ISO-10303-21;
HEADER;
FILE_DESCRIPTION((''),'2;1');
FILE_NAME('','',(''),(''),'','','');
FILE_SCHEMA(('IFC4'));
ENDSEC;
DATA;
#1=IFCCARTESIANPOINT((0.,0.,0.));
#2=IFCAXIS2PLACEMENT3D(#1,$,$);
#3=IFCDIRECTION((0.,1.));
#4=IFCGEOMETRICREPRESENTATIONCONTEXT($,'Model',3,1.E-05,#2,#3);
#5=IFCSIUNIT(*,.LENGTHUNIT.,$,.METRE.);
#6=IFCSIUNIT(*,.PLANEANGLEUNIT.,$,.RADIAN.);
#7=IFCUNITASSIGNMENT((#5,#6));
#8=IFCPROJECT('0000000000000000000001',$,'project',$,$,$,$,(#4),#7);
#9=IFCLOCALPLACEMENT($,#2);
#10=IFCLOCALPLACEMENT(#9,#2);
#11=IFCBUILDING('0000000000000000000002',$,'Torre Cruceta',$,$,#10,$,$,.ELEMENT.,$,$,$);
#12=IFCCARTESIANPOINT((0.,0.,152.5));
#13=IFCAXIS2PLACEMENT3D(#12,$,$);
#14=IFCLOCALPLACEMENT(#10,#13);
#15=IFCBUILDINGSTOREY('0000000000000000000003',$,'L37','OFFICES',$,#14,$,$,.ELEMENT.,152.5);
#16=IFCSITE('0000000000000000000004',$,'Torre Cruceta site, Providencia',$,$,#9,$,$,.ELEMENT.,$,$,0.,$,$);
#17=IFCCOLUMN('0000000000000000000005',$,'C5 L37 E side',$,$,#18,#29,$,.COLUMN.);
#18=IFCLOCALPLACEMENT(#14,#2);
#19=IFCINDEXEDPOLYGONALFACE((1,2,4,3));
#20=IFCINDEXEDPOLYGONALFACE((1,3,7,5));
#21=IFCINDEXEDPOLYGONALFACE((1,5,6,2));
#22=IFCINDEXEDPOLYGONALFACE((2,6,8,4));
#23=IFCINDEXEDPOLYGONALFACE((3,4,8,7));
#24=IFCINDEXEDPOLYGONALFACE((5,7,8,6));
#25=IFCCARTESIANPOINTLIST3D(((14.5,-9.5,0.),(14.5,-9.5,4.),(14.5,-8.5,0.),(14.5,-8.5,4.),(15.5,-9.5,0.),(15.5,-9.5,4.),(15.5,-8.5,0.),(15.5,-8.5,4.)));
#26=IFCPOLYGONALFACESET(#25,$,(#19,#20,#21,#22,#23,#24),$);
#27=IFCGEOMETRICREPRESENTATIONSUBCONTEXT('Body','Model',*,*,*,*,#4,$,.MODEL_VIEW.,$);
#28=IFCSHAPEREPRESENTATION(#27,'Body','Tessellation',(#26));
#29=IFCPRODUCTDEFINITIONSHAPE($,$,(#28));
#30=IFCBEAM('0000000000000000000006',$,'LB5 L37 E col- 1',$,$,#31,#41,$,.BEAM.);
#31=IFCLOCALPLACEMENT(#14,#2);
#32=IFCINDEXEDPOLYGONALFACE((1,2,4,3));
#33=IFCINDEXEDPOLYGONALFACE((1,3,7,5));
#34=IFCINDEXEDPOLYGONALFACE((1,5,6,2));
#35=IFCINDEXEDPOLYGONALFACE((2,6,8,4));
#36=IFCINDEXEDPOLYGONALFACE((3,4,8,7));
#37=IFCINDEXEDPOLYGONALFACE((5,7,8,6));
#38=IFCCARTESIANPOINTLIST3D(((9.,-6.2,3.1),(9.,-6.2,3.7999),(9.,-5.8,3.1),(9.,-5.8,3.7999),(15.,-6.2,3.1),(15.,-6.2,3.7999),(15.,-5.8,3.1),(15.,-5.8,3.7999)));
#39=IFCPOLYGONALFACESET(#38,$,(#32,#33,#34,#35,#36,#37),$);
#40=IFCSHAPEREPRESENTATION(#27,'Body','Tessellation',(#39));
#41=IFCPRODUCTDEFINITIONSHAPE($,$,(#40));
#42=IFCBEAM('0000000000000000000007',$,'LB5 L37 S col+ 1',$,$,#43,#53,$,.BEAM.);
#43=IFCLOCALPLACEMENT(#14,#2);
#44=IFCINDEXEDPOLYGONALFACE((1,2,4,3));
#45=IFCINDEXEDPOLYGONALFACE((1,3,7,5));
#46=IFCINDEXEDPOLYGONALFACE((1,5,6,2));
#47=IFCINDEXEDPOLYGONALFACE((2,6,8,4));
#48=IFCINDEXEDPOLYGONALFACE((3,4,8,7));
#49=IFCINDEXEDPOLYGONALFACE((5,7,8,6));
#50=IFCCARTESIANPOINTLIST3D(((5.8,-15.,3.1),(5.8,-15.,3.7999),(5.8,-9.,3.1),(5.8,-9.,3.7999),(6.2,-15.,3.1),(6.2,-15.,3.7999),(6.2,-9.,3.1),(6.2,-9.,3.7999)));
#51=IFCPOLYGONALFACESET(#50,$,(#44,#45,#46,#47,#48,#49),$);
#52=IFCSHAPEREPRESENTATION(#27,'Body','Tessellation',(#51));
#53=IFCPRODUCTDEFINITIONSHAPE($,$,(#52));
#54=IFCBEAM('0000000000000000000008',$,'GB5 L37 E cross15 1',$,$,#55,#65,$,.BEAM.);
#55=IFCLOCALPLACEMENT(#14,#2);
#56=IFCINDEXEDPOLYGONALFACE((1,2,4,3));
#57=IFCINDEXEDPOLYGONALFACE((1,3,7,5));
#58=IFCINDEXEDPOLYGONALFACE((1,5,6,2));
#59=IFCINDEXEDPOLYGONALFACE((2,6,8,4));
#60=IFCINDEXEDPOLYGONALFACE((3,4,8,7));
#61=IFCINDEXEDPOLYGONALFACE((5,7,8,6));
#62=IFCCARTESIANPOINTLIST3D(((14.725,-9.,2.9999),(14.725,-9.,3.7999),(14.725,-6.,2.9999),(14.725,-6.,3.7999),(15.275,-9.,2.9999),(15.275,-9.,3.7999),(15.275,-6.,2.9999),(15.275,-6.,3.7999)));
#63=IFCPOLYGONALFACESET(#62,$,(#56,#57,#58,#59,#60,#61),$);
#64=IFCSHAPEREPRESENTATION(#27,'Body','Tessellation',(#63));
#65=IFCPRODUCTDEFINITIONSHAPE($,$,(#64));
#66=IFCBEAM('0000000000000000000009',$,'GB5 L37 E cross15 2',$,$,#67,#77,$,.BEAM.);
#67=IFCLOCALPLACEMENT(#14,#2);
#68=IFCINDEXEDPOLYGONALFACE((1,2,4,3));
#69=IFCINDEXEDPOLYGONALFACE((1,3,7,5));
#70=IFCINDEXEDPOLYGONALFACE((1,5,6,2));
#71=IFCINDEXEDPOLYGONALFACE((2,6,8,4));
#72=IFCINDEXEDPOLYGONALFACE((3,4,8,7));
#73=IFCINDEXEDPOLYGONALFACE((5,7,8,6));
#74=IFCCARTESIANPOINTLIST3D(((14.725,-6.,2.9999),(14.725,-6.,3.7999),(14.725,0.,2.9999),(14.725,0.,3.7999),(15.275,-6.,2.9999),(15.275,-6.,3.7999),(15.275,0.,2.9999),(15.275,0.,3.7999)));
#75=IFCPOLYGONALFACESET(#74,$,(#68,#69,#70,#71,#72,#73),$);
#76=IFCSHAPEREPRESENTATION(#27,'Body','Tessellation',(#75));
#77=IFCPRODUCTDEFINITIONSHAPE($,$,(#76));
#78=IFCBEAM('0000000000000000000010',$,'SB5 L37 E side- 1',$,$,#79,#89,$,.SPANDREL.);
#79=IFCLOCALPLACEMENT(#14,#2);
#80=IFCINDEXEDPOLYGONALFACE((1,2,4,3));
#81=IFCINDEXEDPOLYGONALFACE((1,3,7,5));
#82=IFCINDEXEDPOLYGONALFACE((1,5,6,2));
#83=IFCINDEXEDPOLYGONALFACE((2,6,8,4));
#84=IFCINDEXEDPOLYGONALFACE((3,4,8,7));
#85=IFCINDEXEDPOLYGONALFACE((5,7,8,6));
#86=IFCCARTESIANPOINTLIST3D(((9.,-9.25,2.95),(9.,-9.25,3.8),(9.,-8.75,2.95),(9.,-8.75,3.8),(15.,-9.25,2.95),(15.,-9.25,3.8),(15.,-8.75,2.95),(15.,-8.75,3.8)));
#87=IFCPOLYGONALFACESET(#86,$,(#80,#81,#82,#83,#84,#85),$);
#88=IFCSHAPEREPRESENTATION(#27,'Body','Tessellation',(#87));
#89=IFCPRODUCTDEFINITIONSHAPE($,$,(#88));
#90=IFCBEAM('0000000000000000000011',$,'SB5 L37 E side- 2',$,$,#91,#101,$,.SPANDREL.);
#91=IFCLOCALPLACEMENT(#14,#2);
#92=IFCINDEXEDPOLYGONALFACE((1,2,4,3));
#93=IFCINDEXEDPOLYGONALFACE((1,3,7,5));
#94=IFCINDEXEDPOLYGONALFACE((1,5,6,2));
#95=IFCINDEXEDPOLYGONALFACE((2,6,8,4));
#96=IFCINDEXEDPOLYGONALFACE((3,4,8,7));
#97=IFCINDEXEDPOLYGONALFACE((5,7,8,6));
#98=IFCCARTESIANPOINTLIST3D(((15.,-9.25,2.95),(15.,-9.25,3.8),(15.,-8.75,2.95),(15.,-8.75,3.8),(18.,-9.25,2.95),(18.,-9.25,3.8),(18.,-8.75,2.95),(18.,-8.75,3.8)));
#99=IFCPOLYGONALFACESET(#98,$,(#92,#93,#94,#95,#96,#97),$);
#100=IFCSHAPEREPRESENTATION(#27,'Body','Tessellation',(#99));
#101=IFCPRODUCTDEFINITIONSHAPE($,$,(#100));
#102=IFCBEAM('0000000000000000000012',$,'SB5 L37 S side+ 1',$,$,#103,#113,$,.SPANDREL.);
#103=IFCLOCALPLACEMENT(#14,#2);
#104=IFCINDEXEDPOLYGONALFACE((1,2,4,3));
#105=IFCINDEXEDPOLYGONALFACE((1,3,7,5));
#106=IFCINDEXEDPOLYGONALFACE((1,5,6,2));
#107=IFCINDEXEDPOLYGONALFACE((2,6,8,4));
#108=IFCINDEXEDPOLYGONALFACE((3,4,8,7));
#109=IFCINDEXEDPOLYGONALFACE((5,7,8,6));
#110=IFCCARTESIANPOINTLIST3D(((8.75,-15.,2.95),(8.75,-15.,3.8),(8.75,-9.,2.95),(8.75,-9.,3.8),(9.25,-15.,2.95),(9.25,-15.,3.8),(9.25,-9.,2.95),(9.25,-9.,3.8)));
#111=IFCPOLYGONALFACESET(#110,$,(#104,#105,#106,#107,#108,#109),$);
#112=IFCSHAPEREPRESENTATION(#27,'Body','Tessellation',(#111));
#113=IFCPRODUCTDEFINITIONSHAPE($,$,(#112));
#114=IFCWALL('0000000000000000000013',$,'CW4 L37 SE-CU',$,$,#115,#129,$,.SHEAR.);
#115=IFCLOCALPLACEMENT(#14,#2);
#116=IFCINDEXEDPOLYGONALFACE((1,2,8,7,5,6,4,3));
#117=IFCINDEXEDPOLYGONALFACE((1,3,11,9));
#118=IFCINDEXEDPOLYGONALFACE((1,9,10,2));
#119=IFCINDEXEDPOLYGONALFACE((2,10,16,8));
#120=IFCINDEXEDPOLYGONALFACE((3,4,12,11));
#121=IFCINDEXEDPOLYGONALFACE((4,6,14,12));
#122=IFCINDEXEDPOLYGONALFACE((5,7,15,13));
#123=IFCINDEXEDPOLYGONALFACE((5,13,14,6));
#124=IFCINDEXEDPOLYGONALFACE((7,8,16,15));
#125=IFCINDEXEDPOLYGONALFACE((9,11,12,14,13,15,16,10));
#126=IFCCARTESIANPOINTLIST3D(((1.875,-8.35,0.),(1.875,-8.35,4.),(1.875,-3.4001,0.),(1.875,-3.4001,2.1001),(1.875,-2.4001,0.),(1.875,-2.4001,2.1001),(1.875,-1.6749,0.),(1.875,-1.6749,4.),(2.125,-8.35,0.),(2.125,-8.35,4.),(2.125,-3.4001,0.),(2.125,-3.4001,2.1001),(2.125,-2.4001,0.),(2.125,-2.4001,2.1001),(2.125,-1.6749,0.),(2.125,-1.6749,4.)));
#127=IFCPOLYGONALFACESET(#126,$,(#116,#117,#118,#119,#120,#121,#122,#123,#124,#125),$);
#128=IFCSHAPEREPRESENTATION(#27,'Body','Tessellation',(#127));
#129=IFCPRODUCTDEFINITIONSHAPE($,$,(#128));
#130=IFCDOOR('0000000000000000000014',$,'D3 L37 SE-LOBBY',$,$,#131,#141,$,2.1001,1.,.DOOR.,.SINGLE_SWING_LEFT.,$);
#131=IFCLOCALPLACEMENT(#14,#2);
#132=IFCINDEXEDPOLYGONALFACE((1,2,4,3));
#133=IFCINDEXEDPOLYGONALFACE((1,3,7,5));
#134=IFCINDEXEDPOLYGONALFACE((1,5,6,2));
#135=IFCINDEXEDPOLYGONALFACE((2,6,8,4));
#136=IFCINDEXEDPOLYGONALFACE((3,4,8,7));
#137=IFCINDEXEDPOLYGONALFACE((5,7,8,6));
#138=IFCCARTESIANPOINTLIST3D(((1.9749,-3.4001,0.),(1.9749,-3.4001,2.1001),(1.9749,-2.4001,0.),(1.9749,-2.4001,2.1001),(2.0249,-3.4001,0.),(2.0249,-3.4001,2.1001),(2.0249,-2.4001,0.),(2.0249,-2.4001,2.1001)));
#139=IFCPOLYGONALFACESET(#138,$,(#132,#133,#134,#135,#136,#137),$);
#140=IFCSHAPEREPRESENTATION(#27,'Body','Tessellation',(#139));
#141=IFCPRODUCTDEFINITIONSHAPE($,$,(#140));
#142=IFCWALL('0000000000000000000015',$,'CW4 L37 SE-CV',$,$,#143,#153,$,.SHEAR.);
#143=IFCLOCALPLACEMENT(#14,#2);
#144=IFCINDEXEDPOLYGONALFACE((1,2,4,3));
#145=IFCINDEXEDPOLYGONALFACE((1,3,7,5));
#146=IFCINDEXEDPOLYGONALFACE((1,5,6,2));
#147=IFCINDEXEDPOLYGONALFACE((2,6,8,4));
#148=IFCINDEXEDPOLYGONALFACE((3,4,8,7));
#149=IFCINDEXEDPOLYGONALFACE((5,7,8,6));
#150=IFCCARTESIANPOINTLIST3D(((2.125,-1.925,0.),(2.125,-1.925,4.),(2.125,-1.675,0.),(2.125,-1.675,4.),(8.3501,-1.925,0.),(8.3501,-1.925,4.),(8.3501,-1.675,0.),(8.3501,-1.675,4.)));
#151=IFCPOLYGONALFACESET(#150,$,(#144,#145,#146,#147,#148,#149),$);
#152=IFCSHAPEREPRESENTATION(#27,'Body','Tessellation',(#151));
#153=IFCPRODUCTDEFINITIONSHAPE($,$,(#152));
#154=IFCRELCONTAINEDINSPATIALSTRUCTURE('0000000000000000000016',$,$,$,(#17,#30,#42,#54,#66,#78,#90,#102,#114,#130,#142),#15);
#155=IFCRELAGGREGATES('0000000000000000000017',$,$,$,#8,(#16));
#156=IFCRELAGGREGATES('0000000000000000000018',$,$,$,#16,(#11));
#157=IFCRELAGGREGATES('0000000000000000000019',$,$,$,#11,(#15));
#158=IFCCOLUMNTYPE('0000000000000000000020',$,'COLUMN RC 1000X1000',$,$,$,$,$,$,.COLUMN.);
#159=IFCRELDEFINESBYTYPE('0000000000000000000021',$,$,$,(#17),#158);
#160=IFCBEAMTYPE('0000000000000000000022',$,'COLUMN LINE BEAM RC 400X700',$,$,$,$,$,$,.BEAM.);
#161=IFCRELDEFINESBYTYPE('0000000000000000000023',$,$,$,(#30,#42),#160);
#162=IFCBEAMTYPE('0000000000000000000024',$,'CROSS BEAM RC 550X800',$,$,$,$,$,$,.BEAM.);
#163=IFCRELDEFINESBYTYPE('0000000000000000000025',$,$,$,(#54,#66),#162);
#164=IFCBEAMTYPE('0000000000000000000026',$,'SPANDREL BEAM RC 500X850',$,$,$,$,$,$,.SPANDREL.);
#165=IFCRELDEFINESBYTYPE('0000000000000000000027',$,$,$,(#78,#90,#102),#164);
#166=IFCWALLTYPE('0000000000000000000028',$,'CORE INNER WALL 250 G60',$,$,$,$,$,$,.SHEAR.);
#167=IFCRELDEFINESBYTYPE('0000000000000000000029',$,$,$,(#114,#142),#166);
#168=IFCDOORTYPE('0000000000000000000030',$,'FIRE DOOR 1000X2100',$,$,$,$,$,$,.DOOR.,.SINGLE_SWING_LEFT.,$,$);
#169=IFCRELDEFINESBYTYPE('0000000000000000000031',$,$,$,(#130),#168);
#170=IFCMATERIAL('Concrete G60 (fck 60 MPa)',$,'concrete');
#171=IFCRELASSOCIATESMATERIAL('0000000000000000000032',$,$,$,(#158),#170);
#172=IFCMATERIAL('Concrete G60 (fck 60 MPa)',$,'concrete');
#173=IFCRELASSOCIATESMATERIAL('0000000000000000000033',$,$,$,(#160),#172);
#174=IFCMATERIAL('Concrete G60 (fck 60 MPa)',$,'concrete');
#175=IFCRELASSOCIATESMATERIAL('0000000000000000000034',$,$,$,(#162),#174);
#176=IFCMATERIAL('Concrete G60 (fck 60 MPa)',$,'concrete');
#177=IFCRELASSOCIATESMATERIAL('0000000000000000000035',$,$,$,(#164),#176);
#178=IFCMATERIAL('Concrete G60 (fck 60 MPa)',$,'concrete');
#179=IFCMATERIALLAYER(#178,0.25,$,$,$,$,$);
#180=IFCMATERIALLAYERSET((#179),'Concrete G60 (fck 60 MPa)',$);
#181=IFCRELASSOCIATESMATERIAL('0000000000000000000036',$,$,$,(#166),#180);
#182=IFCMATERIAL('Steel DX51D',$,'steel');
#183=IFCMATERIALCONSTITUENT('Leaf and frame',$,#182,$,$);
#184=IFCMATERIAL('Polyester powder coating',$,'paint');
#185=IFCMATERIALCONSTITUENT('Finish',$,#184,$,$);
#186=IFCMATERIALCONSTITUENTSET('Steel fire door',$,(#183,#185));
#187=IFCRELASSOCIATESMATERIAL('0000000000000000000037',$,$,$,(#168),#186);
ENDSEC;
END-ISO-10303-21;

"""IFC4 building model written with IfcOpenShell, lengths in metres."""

from ifc_helpers import new_model, si_unit, direction, frame, frame_2d, origin, origin_2d, place, context, subcontext, project, spatial, rectangle, extrude, material, layer, layer_set, constituent, constituent_set, material_profile, profile_set, type_object, element, fill, save


model = new_model("IFC4")

# Units and contexts
model_context = context("Model", 3, precision=1e-05, world=origin(), true_north=direction((0.0, 1.0)))
body_context = subcontext(model_context, "Body", "Model", "MODEL_VIEW")
ifc_project = project(units=[si_unit("LENGTHUNIT", "METRE"), si_unit("PLANEANGLEUNIT", "RADIAN")], contexts=[model_context])

# Site, building, storey
site_placement = place(None, origin())
site = spatial("IfcSite", under=ifc_project, at=site_placement, Name="Torre Cruceta site, Providencia", CompositionType="ELEMENT", RefElevation=0.0)
building_placement = place(site_placement, origin())
building = spatial("IfcBuilding", under=site, at=building_placement, Name="Torre Cruceta", CompositionType="ELEMENT")
storey_placement = place(building_placement, frame((0.0, 0.0, 152.5)))
storey = spatial("IfcBuildingStorey", under=building, at=storey_placement, Name="L37", Description="OFFICES", CompositionType="ELEMENT", Elevation=152.5)

# Column
ifc_material_1 = material(Name="Concrete G60 (fck 60 MPa)", Category="concrete")
ifc_material_profile_1 = material_profile(ifc_material_1, rectangle(XDim=1.0, YDim=1.0, at=origin_2d()), Name="RC 1000X1000")
ifc_profile_set_1 = profile_set([ifc_material_profile_1], Name="Concrete G60 (fck 60 MPa)")
column_type = type_object("IfcColumnType", Name="COLUMN RC 1000X1000", PredefinedType="COLUMN", material=ifc_profile_set_1)
column_placement = place(storey_placement, frame((15.0, -9.0, 0.0), z_axis=(0.0, 0.0, 1.0), x_axis=(1.0, 0.0, 0.0)))
element("IfcColumn", 1, at=column_placement, inside=storey, type_object=column_type, Name="C5 L37 E side", PredefinedType="COLUMN", context=body_context, shape_type="SweptSolid", body=[
    extrude(rectangle(XDim=1.0, YDim=1.0, at=origin_2d()), origin(), (0.0, 0.0, 1.0), 4.0),
])

# Beams
ifc_material_2 = material(Name="Concrete G60 (fck 60 MPa)", Category="concrete")
ifc_material_profile_2 = material_profile(ifc_material_2, rectangle(XDim=0.3999, YDim=0.7, at=origin_2d()), Name="RC 400X700")
ifc_profile_set_2 = profile_set([ifc_material_profile_2], Name="Concrete G60 (fck 60 MPa)")
beam_type_1 = type_object("IfcBeamType", Name="COLUMN LINE BEAM RC 400X700", PredefinedType="BEAM", material=ifc_profile_set_2)
for number, where, z_axis, x_axis, name in (
    (2, (9.0, -6.0, 3.45), (1.0, 0.0, 0.0), (0.0, 1.0, 0.0), "LB5 L37 E col- 1"),
    (3, (6.0, -9.0, 3.45), (0.0, -1.0, 0.0), (1.0, 0.0, 0.0), "LB5 L37 S col+ 1"),
):
    element("IfcBeam", number, at=place(storey_placement, frame(where, z_axis=z_axis, x_axis=x_axis)), inside=storey, type_object=beam_type_1, Name=name, PredefinedType="BEAM", context=body_context, shape_type="SweptSolid", body=[
        extrude(rectangle(XDim=0.3999, YDim=0.7, at=origin_2d()), origin(), (0.0, 0.0, 1.0), 6.0),
    ])
ifc_material_3 = material(Name="Concrete G60 (fck 60 MPa)", Category="concrete")
ifc_material_profile_3 = material_profile(ifc_material_3, rectangle(XDim=0.55, YDim=0.8, at=origin_2d()), Name="RC 550X800")
ifc_profile_set_3 = profile_set([ifc_material_profile_3], Name="Concrete G60 (fck 60 MPa)")
beam_type_2 = type_object("IfcBeamType", Name="CROSS BEAM RC 550X800", PredefinedType="BEAM", material=ifc_profile_set_3)
beam_1_placement = place(storey_placement, frame((15.0, -9.0, 3.3999), z_axis=(0.0, 1.0, 0.0), x_axis=(-1.0, 0.0, 0.0)))
element("IfcBeam", 4, at=beam_1_placement, inside=storey, type_object=beam_type_2, Name="GB5 L37 E cross15 1", PredefinedType="BEAM", context=body_context, shape_type="SweptSolid", body=[
    extrude(rectangle(XDim=0.55, YDim=0.8, at=origin_2d()), origin(), (0.0, 0.0, 1.0), 3.0),
])
beam_2_placement = place(storey_placement, frame((15.0, -6.0, 3.3999), z_axis=(0.0, 1.0, 0.0), x_axis=(-1.0, 0.0, 0.0)))
element("IfcBeam", 5, at=beam_2_placement, inside=storey, type_object=beam_type_2, Name="GB5 L37 E cross15 2", PredefinedType="BEAM", context=body_context, shape_type="SweptSolid", body=[
    extrude(rectangle(XDim=0.55, YDim=0.8, at=origin_2d()), origin(), (0.0, 0.0, 1.0), 6.0),
])
ifc_material_4 = material(Name="Concrete G60 (fck 60 MPa)", Category="concrete")
ifc_material_profile_4 = material_profile(ifc_material_4, rectangle(XDim=0.5, YDim=0.8501, at=origin_2d()), Name="RC 500X850")
ifc_profile_set_4 = profile_set([ifc_material_profile_4], Name="Concrete G60 (fck 60 MPa)")
beam_type_3 = type_object("IfcBeamType", Name="SPANDREL BEAM RC 500X850", PredefinedType="SPANDREL", material=ifc_profile_set_4)
beam_3_placement = place(storey_placement, frame((9.0, -9.0, 3.375), z_axis=(1.0, 0.0, 0.0), x_axis=(0.0, 1.0, 0.0)))
element("IfcBeam", 6, at=beam_3_placement, inside=storey, type_object=beam_type_3, Name="SB5 L37 E side- 1", PredefinedType="SPANDREL", context=body_context, shape_type="SweptSolid", body=[
    extrude(rectangle(XDim=0.5, YDim=0.8501, at=origin_2d()), origin(), (0.0, 0.0, 1.0), 6.0),
])
beam_4_placement = place(storey_placement, frame((15.0, -9.0, 3.375), z_axis=(1.0, 0.0, 0.0), x_axis=(0.0, 1.0, 0.0)))
element("IfcBeam", 7, at=beam_4_placement, inside=storey, type_object=beam_type_3, Name="SB5 L37 E side- 2", PredefinedType="SPANDREL", context=body_context, shape_type="SweptSolid", body=[
    extrude(rectangle(XDim=0.5, YDim=0.8501, at=origin_2d()), origin(), (0.0, 0.0, 1.0), 3.0),
])
beam_5_placement = place(storey_placement, frame((9.0, -9.0, 3.375), z_axis=(0.0, -1.0, 0.0), x_axis=(1.0, 0.0, 0.0)))
element("IfcBeam", 8, at=beam_5_placement, inside=storey, type_object=beam_type_3, Name="SB5 L37 S side+ 1", PredefinedType="SPANDREL", context=body_context, shape_type="SweptSolid", body=[
    extrude(rectangle(XDim=0.5, YDim=0.8501, at=origin_2d()), origin(), (0.0, 0.0, 1.0), 6.0),
])

# Wall, opening, door
ifc_material_5 = material(Name="Concrete G60 (fck 60 MPa)", Category="concrete")
ifc_layer_1 = layer(ifc_material_5, 0.25)
ifc_layer_set_1 = layer_set([ifc_layer_1], Name="Concrete G60 (fck 60 MPa)")
wall_type_1 = type_object("IfcWallType", Name="CORE INNER WALL 250 G60", PredefinedType="SHEAR", material=ifc_layer_set_1)
wall_1_placement = place(storey_placement, frame((2.0, -1.675, 0.0), z_axis=(0.0, 0.0, 1.0), x_axis=(0.0, -1.0, 0.0)))
wall_1 = element("IfcWall", 9, at=wall_1_placement, inside=storey, type_object=wall_type_1, Name="CW4 L37 SE-CU", PredefinedType="SHEAR", context=body_context, shape_type="SweptSolid", body=[
    extrude(rectangle(XDim=6.675, YDim=0.25, at=frame_2d((3.3374, 0.0))), origin(), (0.0, 0.0, 1.0), 4.0),
])
opening_1_placement = place(wall_1_placement, frame((0.7251, 0.0, 0.0)))
opening_1 = element("IfcOpeningElement", 10, at=opening_1_placement, cuts=wall_1, PredefinedType="OPENING", context=body_context, shape_type="SweptSolid", body=[
    extrude(rectangle(XDim=1.0, YDim=2.1001, at=frame_2d((0.5, 1.05))), frame((0.0, 0.135, 0.0), z_axis=(0.0, -1.0, 0.0), x_axis=(1.0, 0.0, 0.0)), (0.0, 0.0, 1.0), 0.27),
])
ifc_material_6 = material(Name="Steel DX51D", Category="steel")
ifc_constituent_1 = constituent(ifc_material_6, Name="Leaf and frame")
ifc_material_7 = material(Name="Polyester powder coating", Category="paint")
ifc_constituent_2 = constituent(ifc_material_7, Name="Finish")
ifc_constituent_set_1 = constituent_set(constituents=[ifc_constituent_1, ifc_constituent_2], Name="Steel fire door")
door_type_1 = type_object("IfcDoorType", Name="FIRE DOOR 1000X2100", OperationType="SINGLE_SWING_LEFT", PredefinedType="DOOR", material=ifc_constituent_set_1)
door_1_placement = place(opening_1_placement, origin())
door_1 = element("IfcDoor", 11, at=door_1_placement, inside=storey, type_object=door_type_1, Name="D3 L37 SE-LOBBY", OperationType="SINGLE_SWING_LEFT", OverallHeight=2.1001, OverallWidth=1.0, PredefinedType="DOOR", context=body_context, shape_type="SweptSolid", body=[
    extrude(rectangle(XDim=1.0, YDim=2.1001, at=frame_2d((0.5, 1.05))), frame((0.0, 0.0249, 0.0), z_axis=(0.0, -1.0, 0.0), x_axis=(1.0, 0.0, 0.0)), (0.0, 0.0, 1.0), 0.05),
])
fill(opening_1, door_1)

# Wall
wall_2_placement = place(storey_placement, frame((2.125, -1.8, 0.0), z_axis=(0.0, 0.0, 1.0), x_axis=(1.0, 0.0, 0.0)))
element("IfcWall", 12, at=wall_2_placement, inside=storey, type_object=wall_type_1, Name="CW4 L37 SE-CV", PredefinedType="SHEAR", context=body_context, shape_type="SweptSolid", body=[
    extrude(rectangle(XDim=6.2251, YDim=0.25, at=frame_2d((3.1125, 0.0))), origin(), (0.0, 0.0, 1.0), 4.0),
])

save(model, "model.ifc")
